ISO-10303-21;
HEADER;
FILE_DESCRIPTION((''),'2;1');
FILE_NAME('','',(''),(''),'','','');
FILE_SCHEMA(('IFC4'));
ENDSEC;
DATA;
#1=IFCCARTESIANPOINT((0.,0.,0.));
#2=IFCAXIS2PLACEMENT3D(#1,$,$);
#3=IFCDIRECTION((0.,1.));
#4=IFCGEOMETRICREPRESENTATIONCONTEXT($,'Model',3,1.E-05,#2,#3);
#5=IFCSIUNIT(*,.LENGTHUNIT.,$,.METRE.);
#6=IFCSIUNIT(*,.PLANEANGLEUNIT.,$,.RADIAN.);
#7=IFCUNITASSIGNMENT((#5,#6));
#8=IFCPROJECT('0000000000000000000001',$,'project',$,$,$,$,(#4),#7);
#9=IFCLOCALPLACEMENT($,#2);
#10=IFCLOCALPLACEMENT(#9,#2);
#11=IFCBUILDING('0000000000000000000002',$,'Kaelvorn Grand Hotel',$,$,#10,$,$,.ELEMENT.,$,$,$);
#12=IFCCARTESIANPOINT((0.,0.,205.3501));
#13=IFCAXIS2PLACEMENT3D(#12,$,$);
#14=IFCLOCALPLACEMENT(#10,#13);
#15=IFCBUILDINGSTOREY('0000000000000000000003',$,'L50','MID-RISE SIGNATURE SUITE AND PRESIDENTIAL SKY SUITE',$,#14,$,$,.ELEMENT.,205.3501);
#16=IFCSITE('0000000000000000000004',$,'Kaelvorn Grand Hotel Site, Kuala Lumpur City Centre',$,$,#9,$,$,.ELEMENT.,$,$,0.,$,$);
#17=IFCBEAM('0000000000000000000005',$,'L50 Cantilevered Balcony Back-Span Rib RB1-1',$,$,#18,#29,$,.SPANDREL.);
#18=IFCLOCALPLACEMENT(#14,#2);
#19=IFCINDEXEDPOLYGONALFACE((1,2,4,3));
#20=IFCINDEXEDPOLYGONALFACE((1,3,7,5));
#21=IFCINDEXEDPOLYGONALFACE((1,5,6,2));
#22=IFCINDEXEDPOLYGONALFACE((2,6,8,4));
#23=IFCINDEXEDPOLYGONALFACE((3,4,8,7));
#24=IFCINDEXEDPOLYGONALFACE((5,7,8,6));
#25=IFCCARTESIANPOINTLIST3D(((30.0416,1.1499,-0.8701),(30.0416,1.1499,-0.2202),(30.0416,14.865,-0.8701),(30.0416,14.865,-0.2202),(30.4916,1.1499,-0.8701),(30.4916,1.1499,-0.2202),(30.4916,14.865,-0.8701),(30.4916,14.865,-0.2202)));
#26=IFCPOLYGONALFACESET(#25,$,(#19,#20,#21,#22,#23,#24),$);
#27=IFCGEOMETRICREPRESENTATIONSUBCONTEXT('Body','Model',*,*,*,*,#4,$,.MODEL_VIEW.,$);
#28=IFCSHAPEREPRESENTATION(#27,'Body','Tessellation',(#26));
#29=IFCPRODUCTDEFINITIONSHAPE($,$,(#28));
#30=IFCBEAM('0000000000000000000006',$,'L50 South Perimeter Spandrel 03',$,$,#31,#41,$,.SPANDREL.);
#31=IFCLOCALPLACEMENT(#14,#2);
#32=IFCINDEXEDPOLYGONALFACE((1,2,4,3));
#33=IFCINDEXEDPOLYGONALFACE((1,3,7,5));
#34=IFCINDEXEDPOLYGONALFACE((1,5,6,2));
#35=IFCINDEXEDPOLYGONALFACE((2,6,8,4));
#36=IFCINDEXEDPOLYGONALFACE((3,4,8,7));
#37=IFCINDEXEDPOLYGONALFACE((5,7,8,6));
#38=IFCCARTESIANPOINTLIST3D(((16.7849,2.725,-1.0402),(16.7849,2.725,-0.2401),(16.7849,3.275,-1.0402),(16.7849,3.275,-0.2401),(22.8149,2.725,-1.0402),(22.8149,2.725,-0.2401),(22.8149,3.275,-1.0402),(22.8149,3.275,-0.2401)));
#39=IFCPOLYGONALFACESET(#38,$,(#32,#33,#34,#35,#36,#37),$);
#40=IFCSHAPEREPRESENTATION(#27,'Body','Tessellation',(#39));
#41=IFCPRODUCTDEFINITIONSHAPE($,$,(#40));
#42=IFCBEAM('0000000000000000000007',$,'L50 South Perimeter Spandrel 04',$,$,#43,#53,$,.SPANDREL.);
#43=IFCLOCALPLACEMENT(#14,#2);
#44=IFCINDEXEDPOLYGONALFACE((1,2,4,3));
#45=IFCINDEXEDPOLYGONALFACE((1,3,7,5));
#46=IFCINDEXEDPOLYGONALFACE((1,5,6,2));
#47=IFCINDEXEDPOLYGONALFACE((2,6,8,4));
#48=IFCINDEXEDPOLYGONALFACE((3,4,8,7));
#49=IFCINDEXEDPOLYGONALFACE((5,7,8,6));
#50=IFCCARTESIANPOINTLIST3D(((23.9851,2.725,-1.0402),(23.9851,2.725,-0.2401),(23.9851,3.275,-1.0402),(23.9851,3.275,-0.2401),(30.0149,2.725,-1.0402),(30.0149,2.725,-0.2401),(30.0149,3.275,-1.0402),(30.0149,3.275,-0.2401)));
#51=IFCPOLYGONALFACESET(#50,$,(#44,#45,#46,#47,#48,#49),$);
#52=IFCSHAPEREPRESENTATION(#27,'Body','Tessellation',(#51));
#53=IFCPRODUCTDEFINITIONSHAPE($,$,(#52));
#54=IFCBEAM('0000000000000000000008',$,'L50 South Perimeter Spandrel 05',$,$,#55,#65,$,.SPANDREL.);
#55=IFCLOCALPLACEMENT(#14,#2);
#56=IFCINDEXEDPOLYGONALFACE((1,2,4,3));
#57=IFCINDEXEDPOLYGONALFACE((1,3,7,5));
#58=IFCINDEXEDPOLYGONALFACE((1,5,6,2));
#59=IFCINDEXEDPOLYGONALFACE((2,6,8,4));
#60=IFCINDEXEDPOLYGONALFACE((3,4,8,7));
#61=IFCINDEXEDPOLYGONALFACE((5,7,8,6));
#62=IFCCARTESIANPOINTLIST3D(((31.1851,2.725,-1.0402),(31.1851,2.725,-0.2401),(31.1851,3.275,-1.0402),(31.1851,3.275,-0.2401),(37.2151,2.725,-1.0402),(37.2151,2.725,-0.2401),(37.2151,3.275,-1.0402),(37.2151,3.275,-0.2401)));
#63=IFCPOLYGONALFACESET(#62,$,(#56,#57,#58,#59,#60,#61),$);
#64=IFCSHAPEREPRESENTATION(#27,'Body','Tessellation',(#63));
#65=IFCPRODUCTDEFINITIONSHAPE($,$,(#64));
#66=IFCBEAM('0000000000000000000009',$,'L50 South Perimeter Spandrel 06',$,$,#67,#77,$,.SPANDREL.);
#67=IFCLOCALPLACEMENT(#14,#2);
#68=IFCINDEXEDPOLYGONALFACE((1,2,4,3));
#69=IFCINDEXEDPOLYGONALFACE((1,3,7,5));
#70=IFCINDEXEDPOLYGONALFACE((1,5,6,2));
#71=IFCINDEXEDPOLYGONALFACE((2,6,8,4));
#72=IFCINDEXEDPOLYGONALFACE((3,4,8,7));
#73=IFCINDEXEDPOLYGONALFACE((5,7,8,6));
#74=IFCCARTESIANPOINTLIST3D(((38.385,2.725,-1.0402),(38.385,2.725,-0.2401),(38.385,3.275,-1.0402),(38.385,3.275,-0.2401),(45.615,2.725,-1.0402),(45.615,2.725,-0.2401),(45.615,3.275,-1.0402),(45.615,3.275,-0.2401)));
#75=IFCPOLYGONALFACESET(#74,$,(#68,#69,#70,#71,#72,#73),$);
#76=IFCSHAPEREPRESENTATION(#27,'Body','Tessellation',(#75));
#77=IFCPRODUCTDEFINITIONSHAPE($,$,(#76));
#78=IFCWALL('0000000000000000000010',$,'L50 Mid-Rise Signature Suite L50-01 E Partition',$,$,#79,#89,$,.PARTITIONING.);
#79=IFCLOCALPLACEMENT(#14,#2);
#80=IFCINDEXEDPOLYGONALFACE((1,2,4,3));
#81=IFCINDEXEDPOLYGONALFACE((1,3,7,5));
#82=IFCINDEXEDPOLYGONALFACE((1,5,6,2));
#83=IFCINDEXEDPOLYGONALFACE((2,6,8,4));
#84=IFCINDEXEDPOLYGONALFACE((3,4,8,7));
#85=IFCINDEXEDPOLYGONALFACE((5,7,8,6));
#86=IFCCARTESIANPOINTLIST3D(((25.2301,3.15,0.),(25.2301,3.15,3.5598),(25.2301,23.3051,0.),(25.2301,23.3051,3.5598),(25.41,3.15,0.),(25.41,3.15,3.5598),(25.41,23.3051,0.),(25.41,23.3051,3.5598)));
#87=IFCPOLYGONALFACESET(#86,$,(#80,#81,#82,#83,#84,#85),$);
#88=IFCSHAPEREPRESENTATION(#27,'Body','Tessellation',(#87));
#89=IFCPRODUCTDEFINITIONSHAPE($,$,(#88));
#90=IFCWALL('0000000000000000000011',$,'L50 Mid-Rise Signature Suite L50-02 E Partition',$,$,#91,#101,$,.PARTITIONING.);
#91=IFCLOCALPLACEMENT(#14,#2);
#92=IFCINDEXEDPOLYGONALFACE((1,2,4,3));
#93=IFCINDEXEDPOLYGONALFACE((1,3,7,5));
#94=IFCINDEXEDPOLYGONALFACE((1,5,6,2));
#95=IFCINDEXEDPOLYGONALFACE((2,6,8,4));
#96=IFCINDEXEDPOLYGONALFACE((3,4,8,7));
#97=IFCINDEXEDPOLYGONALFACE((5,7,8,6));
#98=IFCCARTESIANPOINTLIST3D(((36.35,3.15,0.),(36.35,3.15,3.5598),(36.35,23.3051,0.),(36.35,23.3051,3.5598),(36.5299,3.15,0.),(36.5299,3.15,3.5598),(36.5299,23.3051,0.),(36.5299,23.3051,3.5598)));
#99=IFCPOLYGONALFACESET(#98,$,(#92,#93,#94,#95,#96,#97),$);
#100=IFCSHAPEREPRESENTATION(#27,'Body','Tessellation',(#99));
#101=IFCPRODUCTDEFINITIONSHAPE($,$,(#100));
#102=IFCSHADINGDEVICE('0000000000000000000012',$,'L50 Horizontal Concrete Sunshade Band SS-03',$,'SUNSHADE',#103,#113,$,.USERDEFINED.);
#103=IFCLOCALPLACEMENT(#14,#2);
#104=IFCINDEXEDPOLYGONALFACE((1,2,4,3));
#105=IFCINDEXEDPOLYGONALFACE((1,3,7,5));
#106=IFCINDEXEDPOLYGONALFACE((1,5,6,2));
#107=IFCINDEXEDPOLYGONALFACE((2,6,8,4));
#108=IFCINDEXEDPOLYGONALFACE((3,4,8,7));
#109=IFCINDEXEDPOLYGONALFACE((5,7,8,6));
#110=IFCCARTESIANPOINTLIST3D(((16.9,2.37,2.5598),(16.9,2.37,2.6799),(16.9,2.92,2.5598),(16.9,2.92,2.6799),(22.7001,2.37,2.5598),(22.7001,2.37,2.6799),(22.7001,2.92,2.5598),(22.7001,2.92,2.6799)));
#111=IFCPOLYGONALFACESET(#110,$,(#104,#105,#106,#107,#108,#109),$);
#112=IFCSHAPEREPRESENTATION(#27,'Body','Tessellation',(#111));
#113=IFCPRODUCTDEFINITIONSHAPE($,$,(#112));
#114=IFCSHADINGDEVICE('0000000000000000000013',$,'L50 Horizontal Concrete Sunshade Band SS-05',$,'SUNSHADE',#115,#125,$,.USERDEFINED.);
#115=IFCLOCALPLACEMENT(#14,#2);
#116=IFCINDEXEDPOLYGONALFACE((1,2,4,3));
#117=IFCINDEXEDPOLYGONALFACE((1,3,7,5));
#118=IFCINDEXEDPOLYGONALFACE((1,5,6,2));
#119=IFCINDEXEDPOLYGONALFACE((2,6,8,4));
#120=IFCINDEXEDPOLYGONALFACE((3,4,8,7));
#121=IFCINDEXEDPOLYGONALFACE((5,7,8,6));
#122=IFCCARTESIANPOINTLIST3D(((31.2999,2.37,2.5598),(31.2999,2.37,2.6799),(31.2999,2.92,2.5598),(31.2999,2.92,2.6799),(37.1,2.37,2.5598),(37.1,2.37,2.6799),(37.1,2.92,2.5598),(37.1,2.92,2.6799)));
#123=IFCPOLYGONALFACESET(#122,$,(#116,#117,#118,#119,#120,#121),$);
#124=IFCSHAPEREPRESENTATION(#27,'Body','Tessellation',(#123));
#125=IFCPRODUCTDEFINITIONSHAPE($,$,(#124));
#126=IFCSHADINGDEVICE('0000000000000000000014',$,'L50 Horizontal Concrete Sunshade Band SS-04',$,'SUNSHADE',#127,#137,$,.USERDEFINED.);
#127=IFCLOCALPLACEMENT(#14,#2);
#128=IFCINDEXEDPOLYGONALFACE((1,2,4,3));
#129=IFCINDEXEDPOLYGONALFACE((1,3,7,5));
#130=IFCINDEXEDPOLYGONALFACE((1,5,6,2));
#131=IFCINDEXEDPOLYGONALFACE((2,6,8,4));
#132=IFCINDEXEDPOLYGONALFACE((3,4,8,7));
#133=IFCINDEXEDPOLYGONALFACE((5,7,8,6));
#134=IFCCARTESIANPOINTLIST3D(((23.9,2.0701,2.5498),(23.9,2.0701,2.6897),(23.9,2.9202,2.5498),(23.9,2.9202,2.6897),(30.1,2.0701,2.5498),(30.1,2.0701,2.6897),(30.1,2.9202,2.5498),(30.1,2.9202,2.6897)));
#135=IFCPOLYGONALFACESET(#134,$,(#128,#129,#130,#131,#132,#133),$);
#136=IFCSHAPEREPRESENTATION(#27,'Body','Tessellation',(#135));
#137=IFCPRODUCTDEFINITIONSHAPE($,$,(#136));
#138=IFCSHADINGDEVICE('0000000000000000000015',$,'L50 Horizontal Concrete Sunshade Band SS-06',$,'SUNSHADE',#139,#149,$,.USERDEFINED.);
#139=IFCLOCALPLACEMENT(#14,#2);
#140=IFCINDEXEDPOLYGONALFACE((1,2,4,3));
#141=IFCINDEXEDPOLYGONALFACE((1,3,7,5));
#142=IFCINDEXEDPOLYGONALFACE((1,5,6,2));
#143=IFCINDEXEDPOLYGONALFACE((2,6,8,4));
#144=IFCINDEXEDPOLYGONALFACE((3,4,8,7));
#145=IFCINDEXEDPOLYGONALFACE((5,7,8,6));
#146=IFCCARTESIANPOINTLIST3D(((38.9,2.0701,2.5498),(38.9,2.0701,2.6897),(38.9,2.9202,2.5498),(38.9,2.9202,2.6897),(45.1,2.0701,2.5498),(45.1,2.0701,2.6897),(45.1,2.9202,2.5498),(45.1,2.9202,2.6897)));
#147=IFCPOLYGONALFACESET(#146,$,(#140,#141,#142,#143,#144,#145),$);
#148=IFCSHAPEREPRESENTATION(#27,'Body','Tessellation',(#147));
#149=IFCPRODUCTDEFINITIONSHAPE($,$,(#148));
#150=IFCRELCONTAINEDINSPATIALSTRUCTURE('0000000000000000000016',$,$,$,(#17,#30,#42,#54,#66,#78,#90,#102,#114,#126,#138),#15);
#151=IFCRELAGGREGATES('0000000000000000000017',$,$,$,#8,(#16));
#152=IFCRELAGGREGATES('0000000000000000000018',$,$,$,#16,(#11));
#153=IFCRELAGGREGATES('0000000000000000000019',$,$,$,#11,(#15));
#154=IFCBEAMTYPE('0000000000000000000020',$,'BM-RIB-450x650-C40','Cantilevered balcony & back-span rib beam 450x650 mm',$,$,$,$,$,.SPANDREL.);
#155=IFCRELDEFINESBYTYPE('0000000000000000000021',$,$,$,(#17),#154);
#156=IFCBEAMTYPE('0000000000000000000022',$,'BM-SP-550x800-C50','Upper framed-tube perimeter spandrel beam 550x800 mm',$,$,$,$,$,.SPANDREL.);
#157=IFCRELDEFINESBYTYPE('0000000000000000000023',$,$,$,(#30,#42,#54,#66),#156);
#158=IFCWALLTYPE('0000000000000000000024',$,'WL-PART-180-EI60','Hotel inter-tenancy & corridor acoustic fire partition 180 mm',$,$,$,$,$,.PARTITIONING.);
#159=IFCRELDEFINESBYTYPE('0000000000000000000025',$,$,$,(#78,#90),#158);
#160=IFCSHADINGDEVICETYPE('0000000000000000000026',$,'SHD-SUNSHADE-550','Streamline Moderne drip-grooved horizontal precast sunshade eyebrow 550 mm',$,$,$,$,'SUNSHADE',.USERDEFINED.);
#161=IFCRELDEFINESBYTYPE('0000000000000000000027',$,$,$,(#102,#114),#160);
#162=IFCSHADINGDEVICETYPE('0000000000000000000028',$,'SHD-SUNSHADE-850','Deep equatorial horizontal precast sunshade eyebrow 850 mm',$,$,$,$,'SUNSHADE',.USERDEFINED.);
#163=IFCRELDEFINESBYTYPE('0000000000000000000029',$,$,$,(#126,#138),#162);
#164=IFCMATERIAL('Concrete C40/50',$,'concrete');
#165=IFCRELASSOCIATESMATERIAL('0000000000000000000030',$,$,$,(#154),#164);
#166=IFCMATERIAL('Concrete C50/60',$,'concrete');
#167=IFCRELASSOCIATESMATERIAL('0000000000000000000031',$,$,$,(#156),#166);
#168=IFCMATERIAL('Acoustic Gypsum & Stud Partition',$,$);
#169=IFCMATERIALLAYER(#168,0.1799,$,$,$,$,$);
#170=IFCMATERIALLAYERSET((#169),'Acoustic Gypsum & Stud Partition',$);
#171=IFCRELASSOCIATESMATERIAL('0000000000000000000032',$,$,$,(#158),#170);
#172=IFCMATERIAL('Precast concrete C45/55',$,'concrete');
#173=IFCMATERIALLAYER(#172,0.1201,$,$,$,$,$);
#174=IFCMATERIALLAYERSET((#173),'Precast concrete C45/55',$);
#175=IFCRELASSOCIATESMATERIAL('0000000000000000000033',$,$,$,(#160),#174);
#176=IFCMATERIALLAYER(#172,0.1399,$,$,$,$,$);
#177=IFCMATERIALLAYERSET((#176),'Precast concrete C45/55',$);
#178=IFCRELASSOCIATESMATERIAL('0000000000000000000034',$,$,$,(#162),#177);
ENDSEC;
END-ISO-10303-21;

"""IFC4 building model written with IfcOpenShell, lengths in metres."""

from ifc_helpers import new_model, si_unit, direction, frame, frame_2d, origin, origin_2d, place, context, subcontext, project, spatial, rectangle, extrude, material, layer, layer_set, material_profile, profile_set, type_object, element, save


model = new_model("IFC4")

# Units and contexts
model_context = context("Model", 3, precision=1e-05, world=origin(), true_north=direction((0.0, 1.0)))
body_context = subcontext(model_context, "Body", "Model", "MODEL_VIEW")
ifc_project = project(units=[si_unit("LENGTHUNIT", "METRE"), si_unit("PLANEANGLEUNIT", "RADIAN")], contexts=[model_context])

# Site, building, storey
site_placement = place(None, origin())
site = spatial("IfcSite", under=ifc_project, at=site_placement, Name="Kaelvorn Grand Hotel Site, Kuala Lumpur City Centre", CompositionType="ELEMENT", RefElevation=0.0)
building_placement = place(site_placement, origin())
building = spatial("IfcBuilding", under=site, at=building_placement, Name="Kaelvorn Grand Hotel", CompositionType="ELEMENT")
storey_placement = place(building_placement, frame((0.0, 0.0, 205.3501)))
storey = spatial("IfcBuildingStorey", under=building, at=storey_placement, Name="L50", Description="MID-RISE SIGNATURE SUITE AND PRESIDENTIAL SKY SUITE", CompositionType="ELEMENT", Elevation=205.3501)

# Beams
ifc_material_1 = material(Name="Concrete C40/50", Category="concrete")
ifc_material_profile_1 = material_profile(ifc_material_1, rectangle(XDim=0.45, YDim=0.6499, at=origin_2d()), Name="RC RIB 450x650")
ifc_profile_set_1 = profile_set([ifc_material_profile_1], Name="Concrete C40/50")
beam_type_1 = type_object("IfcBeamType", Name="BM-RIB-450x650-C40", Description="Cantilevered balcony & back-span rib beam 450x650 mm", PredefinedType="SPANDREL", material=ifc_profile_set_1)
beam_1_placement = place(storey_placement, frame((30.2666, 1.1499, -0.5452), z_axis=(0.0, 1.0, 0.0), x_axis=(-1.0, 0.0, 0.0)))
element("IfcBeam", 1, at=beam_1_placement, inside=storey, type_object=beam_type_1, Name="L50 Cantilevered Balcony Back-Span Rib RB1-1", PredefinedType="SPANDREL", context=body_context, shape_type="SweptSolid", body=[
    extrude(rectangle(XDim=0.45, YDim=0.6499, at=origin_2d()), origin(), (0.0, 0.0, 1.0), 13.7151),
])
ifc_material_2 = material(Name="Concrete C50/60", Category="concrete")
ifc_material_profile_2 = material_profile(ifc_material_2, rectangle(XDim=0.55, YDim=0.8, at=origin_2d()), Name="RC SPANDREL 550x800")
ifc_profile_set_2 = profile_set([ifc_material_profile_2], Name="Concrete C50/60")
beam_type_2 = type_object("IfcBeamType", Name="BM-SP-550x800-C50", Description="Upper framed-tube perimeter spandrel beam 550x800 mm", PredefinedType="SPANDREL", material=ifc_profile_set_2)
beam_2_placement = place(storey_placement, frame((16.7849, 3.0, -0.6401), z_axis=(1.0, 0.0, 0.0), x_axis=(0.0, 1.0, 0.0)))
element("IfcBeam", 2, at=beam_2_placement, inside=storey, type_object=beam_type_2, Name="L50 South Perimeter Spandrel 03", PredefinedType="SPANDREL", context=body_context, shape_type="SweptSolid", body=[
    extrude(rectangle(XDim=0.55, YDim=0.8, at=origin_2d()), origin(), (0.0, 0.0, 1.0), 6.03),
])
beam_3_placement = place(storey_placement, frame((23.9851, 3.0, -0.6401), z_axis=(1.0, 0.0, 0.0), x_axis=(0.0, 1.0, 0.0)))
element("IfcBeam", 3, at=beam_3_placement, inside=storey, type_object=beam_type_2, Name="L50 South Perimeter Spandrel 04", PredefinedType="SPANDREL", context=body_context, shape_type="SweptSolid", body=[
    extrude(rectangle(XDim=0.55, YDim=0.8, at=origin_2d()), origin(), (0.0, 0.0, 1.0), 6.0298),
])
beam_4_placement = place(storey_placement, frame((31.1851, 3.0, -0.6401), z_axis=(1.0, 0.0, 0.0), x_axis=(0.0, 1.0, 0.0)))
element("IfcBeam", 4, at=beam_4_placement, inside=storey, type_object=beam_type_2, Name="L50 South Perimeter Spandrel 05", PredefinedType="SPANDREL", context=body_context, shape_type="SweptSolid", body=[
    extrude(rectangle(XDim=0.55, YDim=0.8, at=origin_2d()), origin(), (0.0, 0.0, 1.0), 6.03),
])
beam_5_placement = place(storey_placement, frame((38.385, 3.0, -0.6401), z_axis=(1.0, 0.0, 0.0), x_axis=(0.0, 1.0, 0.0)))
element("IfcBeam", 5, at=beam_5_placement, inside=storey, type_object=beam_type_2, Name="L50 South Perimeter Spandrel 06", PredefinedType="SPANDREL", context=body_context, shape_type="SweptSolid", body=[
    extrude(rectangle(XDim=0.55, YDim=0.8, at=origin_2d()), origin(), (0.0, 0.0, 1.0), 7.23),
])

# Walls
ifc_material_3 = material(Name="Acoustic Gypsum & Stud Partition")
ifc_layer_1 = layer(ifc_material_3, 0.1799)
ifc_layer_set_1 = layer_set([ifc_layer_1], Name="Acoustic Gypsum & Stud Partition")
wall_type = type_object("IfcWallType", Name="WL-PART-180-EI60", Description="Hotel inter-tenancy & corridor acoustic fire partition 180 mm", PredefinedType="PARTITIONING", material=ifc_layer_set_1)
for number, where, z_axis, x_axis, name in (
    (6, (25.3201, 3.1499, 0.0), (0.0, 0.0, 1.0), (0.0, 1.0, 0.0), "L50 Mid-Rise Signature Suite L50-01 E Partition"),
    (7, (36.4399, 3.1499, 0.0), (0.0, 0.0, 1.0), (0.0, 1.0, 0.0), "L50 Mid-Rise Signature Suite L50-02 E Partition"),
):
    element("IfcWall", number, at=place(storey_placement, frame(where, z_axis=z_axis, x_axis=x_axis)), inside=storey, type_object=wall_type, Name=name, PredefinedType="PARTITIONING", context=body_context, shape_type="SweptSolid", body=[
        extrude(rectangle(XDim=20.155, YDim=0.1799, at=frame_2d((10.0776, 0.0))), origin(), (0.0, 0.0, 1.0), 3.5598),
    ])

# Shading devices
ifc_material_4 = material(Name="Precast concrete C45/55", Category="concrete")
ifc_layer_2 = layer(ifc_material_4, 0.1201)
ifc_layer_set_2 = layer_set([ifc_layer_2], Name="Precast concrete C45/55")
shading_device_type_1 = type_object("IfcShadingDeviceType", Name="SHD-SUNSHADE-550", Description="Streamline Moderne drip-grooved horizontal precast sunshade eyebrow 550 mm", ElementType="SUNSHADE", PredefinedType="USERDEFINED", material=ifc_layer_set_2)
for number, where, z_axis, x_axis, name in (
    (8, (19.8, 2.645, 2.5598), (0.0, 0.0, 1.0), (1.0, 0.0, 0.0), "L50 Horizontal Concrete Sunshade Band SS-03"),
    (9, (34.2, 2.645, 2.5598), (0.0, 0.0, 1.0), (1.0, 0.0, 0.0), "L50 Horizontal Concrete Sunshade Band SS-05"),
):
    element("IfcShadingDevice", number, at=place(storey_placement, frame(where, z_axis=z_axis, x_axis=x_axis)), inside=storey, type_object=shading_device_type_1, Name=name, ObjectType="SUNSHADE", PredefinedType="USERDEFINED", context=body_context, shape_type="SweptSolid", body=[
        extrude(rectangle(XDim=5.8, YDim=0.55, at=origin_2d()), origin(), (0.0, 0.0, 1.0), 0.1201),
    ])
ifc_layer_3 = layer(ifc_material_4, 0.1399)
ifc_layer_set_3 = layer_set([ifc_layer_3], Name="Precast concrete C45/55")
shading_device_type_2 = type_object("IfcShadingDeviceType", Name="SHD-SUNSHADE-850", Description="Deep equatorial horizontal precast sunshade eyebrow 850 mm", ElementType="SUNSHADE", PredefinedType="USERDEFINED", material=ifc_layer_set_3)
for number, where, z_axis, x_axis, name in (
    (10, (27.0, 2.4951, 2.5498), (0.0, 0.0, 1.0), (1.0, 0.0, 0.0), "L50 Horizontal Concrete Sunshade Band SS-04"),
    (11, (42.0, 2.4951, 2.5498), (0.0, 0.0, 1.0), (1.0, 0.0, 0.0), "L50 Horizontal Concrete Sunshade Band SS-06"),
):
    element("IfcShadingDevice", number, at=place(storey_placement, frame(where, z_axis=z_axis, x_axis=x_axis)), inside=storey, type_object=shading_device_type_2, Name=name, ObjectType="SUNSHADE", PredefinedType="USERDEFINED", context=body_context, shape_type="SweptSolid", body=[
        extrude(rectangle(XDim=6.2, YDim=0.8501, at=origin_2d()), origin(), (0.0, 0.0, 1.0), 0.1399),
    ])

save(model, "model.ifc")
